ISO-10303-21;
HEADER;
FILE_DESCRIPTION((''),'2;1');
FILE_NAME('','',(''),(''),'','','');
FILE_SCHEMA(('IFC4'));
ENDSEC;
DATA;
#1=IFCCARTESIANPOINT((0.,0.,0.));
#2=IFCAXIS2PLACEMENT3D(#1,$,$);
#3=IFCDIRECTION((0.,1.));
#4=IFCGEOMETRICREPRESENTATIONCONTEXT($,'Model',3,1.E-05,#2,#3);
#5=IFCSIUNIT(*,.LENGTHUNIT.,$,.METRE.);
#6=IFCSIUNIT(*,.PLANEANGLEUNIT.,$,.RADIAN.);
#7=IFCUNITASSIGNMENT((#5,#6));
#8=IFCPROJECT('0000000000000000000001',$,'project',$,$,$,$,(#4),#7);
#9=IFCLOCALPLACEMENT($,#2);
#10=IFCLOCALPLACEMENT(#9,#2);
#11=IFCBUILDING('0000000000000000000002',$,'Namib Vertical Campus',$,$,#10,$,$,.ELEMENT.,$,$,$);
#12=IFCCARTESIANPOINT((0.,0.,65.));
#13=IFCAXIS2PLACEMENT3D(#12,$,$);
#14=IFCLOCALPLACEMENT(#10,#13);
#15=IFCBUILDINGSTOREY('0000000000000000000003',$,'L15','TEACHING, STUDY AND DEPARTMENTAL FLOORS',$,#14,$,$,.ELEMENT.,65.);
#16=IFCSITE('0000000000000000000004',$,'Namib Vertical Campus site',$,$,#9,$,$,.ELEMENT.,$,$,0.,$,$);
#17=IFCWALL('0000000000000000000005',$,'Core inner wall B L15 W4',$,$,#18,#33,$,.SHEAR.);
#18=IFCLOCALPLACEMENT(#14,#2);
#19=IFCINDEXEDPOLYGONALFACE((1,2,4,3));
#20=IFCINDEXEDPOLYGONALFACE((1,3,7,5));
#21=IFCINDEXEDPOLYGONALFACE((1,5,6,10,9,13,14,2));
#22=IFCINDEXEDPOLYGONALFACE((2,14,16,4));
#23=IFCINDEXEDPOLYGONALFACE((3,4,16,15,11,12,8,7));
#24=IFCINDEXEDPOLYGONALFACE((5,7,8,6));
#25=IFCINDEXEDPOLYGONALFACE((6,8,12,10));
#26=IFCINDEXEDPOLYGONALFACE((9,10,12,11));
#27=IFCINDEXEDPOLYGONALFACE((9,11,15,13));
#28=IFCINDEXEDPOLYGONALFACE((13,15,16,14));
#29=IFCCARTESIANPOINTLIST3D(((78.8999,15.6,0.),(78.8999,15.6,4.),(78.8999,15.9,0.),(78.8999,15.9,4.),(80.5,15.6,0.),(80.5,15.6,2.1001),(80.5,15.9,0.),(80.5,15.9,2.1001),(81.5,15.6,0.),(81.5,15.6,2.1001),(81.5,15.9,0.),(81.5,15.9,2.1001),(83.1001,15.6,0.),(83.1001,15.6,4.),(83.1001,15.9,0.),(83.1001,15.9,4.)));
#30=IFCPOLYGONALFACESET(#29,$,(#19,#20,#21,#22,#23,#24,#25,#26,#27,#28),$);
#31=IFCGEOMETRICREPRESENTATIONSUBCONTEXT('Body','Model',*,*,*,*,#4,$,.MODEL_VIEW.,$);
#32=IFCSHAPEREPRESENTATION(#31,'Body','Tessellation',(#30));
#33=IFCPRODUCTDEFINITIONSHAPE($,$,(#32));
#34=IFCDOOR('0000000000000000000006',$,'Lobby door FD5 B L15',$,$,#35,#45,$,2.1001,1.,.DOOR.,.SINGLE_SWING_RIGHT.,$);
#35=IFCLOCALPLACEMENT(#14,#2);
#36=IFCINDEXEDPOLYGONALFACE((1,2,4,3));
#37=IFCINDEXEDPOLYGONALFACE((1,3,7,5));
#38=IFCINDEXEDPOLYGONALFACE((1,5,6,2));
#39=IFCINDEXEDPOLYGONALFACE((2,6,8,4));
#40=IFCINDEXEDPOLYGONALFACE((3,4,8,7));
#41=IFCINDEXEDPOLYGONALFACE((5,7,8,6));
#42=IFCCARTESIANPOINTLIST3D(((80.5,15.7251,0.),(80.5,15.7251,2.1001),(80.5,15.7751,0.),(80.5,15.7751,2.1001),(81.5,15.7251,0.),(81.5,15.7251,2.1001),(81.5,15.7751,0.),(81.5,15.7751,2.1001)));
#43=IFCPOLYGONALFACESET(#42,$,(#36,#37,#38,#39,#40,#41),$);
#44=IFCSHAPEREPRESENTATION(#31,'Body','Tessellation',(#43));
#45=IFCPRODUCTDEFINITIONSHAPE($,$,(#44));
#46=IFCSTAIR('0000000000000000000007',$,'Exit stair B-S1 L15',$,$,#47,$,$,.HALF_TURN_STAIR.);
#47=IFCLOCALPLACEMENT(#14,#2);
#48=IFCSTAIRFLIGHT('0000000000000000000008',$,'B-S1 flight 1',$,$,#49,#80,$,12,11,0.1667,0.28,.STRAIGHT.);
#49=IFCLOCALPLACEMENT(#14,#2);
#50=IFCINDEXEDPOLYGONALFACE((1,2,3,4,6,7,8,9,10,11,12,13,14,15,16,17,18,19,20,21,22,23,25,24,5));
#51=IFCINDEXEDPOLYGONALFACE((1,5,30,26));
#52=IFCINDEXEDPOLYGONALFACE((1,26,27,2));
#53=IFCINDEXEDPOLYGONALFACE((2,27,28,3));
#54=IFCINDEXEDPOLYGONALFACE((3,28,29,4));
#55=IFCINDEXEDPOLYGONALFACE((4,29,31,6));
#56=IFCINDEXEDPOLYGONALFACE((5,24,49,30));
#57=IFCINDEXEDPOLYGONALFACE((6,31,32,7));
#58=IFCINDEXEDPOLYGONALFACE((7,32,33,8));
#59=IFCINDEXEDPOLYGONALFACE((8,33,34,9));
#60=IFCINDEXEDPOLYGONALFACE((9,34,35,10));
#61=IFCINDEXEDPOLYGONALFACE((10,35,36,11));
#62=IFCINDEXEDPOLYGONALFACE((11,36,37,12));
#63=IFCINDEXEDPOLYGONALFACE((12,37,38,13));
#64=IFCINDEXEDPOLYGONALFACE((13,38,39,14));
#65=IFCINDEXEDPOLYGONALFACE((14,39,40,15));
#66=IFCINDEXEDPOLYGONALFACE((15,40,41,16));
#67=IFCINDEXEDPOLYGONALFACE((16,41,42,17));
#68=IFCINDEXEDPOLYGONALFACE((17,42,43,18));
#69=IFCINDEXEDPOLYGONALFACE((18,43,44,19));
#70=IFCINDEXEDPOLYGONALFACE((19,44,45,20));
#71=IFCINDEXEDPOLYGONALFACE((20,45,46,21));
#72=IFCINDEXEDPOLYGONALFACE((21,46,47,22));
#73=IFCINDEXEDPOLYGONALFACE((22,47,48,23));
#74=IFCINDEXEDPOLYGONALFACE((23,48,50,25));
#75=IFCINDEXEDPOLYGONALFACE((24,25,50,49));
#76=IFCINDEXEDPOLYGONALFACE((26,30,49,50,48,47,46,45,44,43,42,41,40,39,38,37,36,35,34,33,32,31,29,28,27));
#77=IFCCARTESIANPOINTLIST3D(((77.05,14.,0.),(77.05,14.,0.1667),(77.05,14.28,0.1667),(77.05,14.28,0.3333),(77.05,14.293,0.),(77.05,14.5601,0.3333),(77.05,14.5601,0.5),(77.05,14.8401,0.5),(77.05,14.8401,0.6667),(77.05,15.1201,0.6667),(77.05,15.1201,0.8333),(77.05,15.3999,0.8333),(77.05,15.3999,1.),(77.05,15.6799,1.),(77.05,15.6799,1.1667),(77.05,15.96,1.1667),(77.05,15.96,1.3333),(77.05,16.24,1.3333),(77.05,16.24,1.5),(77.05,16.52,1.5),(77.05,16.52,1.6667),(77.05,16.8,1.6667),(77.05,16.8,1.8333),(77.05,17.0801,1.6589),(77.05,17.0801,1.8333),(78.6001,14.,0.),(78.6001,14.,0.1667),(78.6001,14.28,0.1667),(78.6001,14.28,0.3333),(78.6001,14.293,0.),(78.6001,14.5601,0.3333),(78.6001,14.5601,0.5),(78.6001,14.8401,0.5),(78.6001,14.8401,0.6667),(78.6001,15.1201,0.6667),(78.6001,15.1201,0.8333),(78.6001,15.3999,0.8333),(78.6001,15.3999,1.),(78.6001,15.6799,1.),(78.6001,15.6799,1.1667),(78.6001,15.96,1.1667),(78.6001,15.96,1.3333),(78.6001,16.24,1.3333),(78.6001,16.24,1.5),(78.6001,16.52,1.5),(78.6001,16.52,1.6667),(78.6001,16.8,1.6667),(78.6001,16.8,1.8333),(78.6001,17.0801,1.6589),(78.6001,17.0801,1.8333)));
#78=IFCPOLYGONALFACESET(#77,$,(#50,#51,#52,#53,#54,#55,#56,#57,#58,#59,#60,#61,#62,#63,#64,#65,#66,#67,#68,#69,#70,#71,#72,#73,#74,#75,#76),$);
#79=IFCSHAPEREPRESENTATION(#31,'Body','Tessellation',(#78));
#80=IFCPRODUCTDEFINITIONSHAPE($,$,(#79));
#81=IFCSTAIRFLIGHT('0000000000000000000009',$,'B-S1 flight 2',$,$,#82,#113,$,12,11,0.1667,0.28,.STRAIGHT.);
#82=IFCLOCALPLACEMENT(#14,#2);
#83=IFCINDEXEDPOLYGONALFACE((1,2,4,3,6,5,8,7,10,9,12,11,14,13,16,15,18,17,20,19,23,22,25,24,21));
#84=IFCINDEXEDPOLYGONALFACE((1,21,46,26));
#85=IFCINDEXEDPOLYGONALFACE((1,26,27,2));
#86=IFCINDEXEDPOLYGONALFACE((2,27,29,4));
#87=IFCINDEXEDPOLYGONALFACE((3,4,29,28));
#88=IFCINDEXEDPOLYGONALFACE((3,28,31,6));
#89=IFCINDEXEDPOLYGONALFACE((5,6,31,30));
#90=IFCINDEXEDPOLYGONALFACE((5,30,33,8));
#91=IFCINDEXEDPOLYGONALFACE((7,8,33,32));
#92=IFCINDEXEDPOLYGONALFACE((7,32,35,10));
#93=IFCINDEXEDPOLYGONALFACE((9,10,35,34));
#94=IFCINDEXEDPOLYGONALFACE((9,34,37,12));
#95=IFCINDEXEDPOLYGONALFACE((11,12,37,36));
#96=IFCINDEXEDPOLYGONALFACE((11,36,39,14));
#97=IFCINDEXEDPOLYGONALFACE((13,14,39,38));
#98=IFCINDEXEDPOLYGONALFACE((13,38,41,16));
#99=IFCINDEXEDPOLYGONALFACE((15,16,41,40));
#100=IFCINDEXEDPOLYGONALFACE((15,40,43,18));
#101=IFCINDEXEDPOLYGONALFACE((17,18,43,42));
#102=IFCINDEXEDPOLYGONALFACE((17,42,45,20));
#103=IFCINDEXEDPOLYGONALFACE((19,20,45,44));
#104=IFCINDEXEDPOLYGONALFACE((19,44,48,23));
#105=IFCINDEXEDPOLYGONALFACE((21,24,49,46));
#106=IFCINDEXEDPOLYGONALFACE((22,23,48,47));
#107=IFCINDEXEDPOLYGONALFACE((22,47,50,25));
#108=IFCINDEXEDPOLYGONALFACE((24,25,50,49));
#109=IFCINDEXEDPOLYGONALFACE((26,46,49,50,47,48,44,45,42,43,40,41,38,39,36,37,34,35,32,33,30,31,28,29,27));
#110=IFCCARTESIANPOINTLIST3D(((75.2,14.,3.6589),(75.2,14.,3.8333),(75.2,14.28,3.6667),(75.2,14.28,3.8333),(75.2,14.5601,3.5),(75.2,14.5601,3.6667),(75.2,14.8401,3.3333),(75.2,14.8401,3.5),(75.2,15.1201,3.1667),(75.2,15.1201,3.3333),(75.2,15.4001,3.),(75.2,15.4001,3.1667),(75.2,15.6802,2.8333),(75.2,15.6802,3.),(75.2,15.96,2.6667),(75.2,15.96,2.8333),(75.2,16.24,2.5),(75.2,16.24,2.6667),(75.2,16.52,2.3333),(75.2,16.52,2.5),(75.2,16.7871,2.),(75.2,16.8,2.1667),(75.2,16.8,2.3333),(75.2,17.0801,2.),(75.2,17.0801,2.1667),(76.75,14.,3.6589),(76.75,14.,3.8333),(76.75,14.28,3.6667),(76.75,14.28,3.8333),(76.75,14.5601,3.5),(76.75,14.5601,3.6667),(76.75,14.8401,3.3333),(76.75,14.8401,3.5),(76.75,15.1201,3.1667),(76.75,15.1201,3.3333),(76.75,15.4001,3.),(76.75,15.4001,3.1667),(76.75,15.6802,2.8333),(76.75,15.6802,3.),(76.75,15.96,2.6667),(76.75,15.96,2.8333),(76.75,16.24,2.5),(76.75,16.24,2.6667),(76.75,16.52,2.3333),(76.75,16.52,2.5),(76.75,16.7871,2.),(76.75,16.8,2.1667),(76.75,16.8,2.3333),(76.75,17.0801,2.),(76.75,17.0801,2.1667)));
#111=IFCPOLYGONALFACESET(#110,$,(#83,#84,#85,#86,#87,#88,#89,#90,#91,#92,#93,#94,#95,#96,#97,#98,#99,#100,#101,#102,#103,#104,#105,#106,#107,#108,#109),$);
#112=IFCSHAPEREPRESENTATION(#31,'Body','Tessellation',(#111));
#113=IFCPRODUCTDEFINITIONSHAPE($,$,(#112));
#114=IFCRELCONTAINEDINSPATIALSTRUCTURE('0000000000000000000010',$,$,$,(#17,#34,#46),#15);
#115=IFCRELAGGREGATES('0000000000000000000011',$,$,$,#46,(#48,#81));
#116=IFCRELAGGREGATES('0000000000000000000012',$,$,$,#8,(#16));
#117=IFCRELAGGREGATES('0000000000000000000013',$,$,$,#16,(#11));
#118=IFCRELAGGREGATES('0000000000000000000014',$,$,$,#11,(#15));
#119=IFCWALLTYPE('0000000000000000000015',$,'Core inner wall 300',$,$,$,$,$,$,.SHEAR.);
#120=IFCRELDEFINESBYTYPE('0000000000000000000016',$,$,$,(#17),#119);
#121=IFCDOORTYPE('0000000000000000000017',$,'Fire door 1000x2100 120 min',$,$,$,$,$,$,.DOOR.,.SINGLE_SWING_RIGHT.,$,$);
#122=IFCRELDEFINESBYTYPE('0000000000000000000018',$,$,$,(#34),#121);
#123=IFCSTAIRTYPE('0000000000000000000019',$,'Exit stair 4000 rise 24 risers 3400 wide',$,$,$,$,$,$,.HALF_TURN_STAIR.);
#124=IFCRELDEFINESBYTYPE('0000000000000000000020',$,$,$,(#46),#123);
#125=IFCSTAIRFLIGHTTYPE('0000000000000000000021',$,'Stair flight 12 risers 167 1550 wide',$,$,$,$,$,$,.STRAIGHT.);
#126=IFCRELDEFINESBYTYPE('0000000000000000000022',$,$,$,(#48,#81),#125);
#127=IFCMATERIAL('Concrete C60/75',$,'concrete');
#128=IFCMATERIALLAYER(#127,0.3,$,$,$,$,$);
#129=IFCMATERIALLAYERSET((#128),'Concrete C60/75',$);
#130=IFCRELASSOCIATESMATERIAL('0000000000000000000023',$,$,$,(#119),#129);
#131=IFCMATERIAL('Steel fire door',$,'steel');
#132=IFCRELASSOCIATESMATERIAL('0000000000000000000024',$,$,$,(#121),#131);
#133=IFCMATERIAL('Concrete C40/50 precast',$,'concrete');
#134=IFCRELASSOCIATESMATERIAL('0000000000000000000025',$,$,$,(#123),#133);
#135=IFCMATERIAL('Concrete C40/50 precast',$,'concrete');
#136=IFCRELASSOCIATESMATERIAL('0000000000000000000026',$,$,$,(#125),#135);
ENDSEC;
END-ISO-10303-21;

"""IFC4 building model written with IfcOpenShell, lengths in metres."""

from ifc_helpers import new_model, si_unit, direction, frame, frame_2d, origin, place, context, subcontext, project, spatial, polyline, rectangle, outline, extrude, material, layer, layer_set, type_object, element, fill, aggregate, save


model = new_model("IFC4")

# Units and contexts
model_context = context("Model", 3, precision=1e-05, world=origin(), true_north=direction((0.0, 1.0)))
body_context = subcontext(model_context, "Body", "Model", "MODEL_VIEW")
ifc_project = project(units=[si_unit("LENGTHUNIT", "METRE"), si_unit("PLANEANGLEUNIT", "RADIAN")], contexts=[model_context])

# Site, building, storey
site_placement = place(None, origin())
site = spatial("IfcSite", under=ifc_project, at=site_placement, Name="Namib Vertical Campus site", CompositionType="ELEMENT", RefElevation=0.0)
building_placement = place(site_placement, origin())
building = spatial("IfcBuilding", under=site, at=building_placement, Name="Namib Vertical Campus", CompositionType="ELEMENT")
storey_placement = place(building_placement, frame((0.0, 0.0, 65.0)))
storey = spatial("IfcBuildingStorey", under=building, at=storey_placement, Name="L15", Description="TEACHING, STUDY AND DEPARTMENTAL FLOORS", CompositionType="ELEMENT", Elevation=65.0)

# Shared definitions
ifc_material_1 = material(Name="Concrete C60/75", Category="concrete")
ifc_layer = layer(ifc_material_1, 0.3)
ifc_layer_set = layer_set([ifc_layer], Name="Concrete C60/75")
wall_type = type_object("IfcWallType", Name="Core inner wall 300", PredefinedType="SHEAR", material=ifc_layer_set)

# Wall, opening, door
wall_1_placement = place(storey_placement, frame((78.8999, 15.75, 0.0), z_axis=(0.0, 0.0, 1.0), x_axis=(1.0, 0.0, 0.0)))
wall_1 = element("IfcWall", 1, at=wall_1_placement, inside=storey, type_object=wall_type, Name="Core inner wall B L15 W4", PredefinedType="SHEAR", context=body_context, shape_type="SweptSolid", body=[
    extrude(rectangle(XDim=4.2002, YDim=0.3, at=frame_2d((2.1001, 0.0))), origin(), (0.0, 0.0, 1.0), 4.0),
])
opening_1_placement = place(wall_1_placement, frame((1.6001, 0.0, 0.0)))
opening_1 = element("IfcOpeningElement", 2, at=opening_1_placement, cuts=wall_1, PredefinedType="OPENING", context=body_context, shape_type="SweptSolid", body=[
    extrude(rectangle(XDim=1.0, YDim=2.1001, at=frame_2d((0.5, 1.05))), frame((0.0, 0.1599, 0.0), z_axis=(0.0, -1.0, 0.0), x_axis=(1.0, 0.0, 0.0)), (0.0, 0.0, 1.0), 0.3201),
])
ifc_material_2 = material(Name="Steel fire door", Category="steel")
door_type_1 = type_object("IfcDoorType", Name="Fire door 1000x2100 120 min", OperationType="SINGLE_SWING_RIGHT", PredefinedType="DOOR", material=ifc_material_2)
door_1_placement = place(opening_1_placement, frame((1.0, 0.0, 0.0), z_axis=(0.0, 0.0, 1.0), x_axis=(-1.0, 0.0, 0.0)))
door_1 = element("IfcDoor", 3, at=door_1_placement, inside=storey, type_object=door_type_1, Name="Lobby door FD5 B L15", OperationType="SINGLE_SWING_RIGHT", OverallHeight=2.1001, OverallWidth=1.0, PredefinedType="DOOR", context=body_context, shape_type="SweptSolid", body=[
    extrude(rectangle(XDim=1.0, YDim=2.1001, at=frame_2d((0.5, 1.05))), frame((0.0, 0.0249, 0.0), z_axis=(0.0, -1.0, 0.0), x_axis=(1.0, 0.0, 0.0)), (0.0, 0.0, 1.0), 0.05),
])
fill(opening_1, door_1)

# Stair, stair flights
ifc_material_3 = material(Name="Concrete C40/50 precast", Category="concrete")
stair_type = type_object("IfcStairType", Name="Exit stair 4000 rise 24 risers 3400 wide", PredefinedType="HALF_TURN_STAIR", material=ifc_material_3)
stair_placement = place(storey_placement, origin())
stair = element("IfcStair", 4, at=stair_placement, inside=storey, type_object=stair_type, Name="Exit stair B-S1 L15", PredefinedType="HALF_TURN_STAIR")
ifc_material_4 = material(Name="Concrete C40/50 precast", Category="concrete")
stair_flight_type = type_object("IfcStairFlightType", Name="Stair flight 12 risers 167 1550 wide", PredefinedType="STRAIGHT", material=ifc_material_4)
stair_flight_1_placement = place(storey_placement, frame((77.825, 14.0, 0.0), z_axis=(0.0, 0.0, 1.0), x_axis=(0.0, 1.0, 0.0)))
stair_flight_1 = element("IfcStairFlight", 5, at=stair_flight_1_placement, type_object=stair_flight_type, Name="B-S1 flight 1", NumberOfRisers=12, NumberOfTreads=11, PredefinedType="STRAIGHT", RiserHeight=0.1667, TreadLength=0.28, context=body_context, shape_type="SweptSolid", body=[
    extrude(outline(polyline([(0.0, 0.0), (0.0, 0.1667), (0.28, 0.1667), (0.28, 0.3333), (0.5601, 0.3333), (0.5601, 0.5), (0.8401, 0.5), (0.8401, 0.6667), (1.1201, 0.6667), (1.1201, 0.8333), (1.3999, 0.8333), (1.3999, 1.0), (1.6799, 1.0), (1.6799, 1.1667), (1.96, 1.1667), (1.96, 1.3333), (2.24, 1.3333), (2.24, 1.5), (2.52, 1.5), (2.52, 1.6667), (2.8, 1.6667), (2.8, 1.8333), (3.0801, 1.8333), (3.0801, 2.0), (3.0801, 1.6589), (0.293, 0.0), (0.0, 0.0)])), frame((0.0, 0.7749, 0.0), z_axis=(0.0, -1.0, 0.0), x_axis=(1.0, 0.0, 0.0)), (0.0, 0.0, 1.0), 1.55),
])
stair_flight_2_placement = place(storey_placement, frame((75.9751, 17.0801, 2.0), z_axis=(0.0, 0.0, 1.0), x_axis=(0.0, -1.0, 0.0)))
stair_flight_2 = element("IfcStairFlight", 6, at=stair_flight_2_placement, type_object=stair_flight_type, Name="B-S1 flight 2", NumberOfRisers=12, NumberOfTreads=11, PredefinedType="STRAIGHT", RiserHeight=0.1667, TreadLength=0.28, context=body_context, shape_type="SweptSolid", body=[
    extrude(outline(polyline([(0.0, 0.0), (0.0, 0.1667), (0.28, 0.1667), (0.28, 0.3333), (0.5601, 0.3333), (0.5601, 0.5), (0.8401, 0.5), (0.8401, 0.6667), (1.1201, 0.6667), (1.1201, 0.8333), (1.3999, 0.8333), (1.3999, 1.0), (1.6799, 1.0), (1.6799, 1.1667), (1.96, 1.1667), (1.96, 1.3333), (2.24, 1.3333), (2.24, 1.5), (2.52, 1.5), (2.52, 1.6667), (2.8, 1.6667), (2.8, 1.8333), (3.0801, 1.8333), (3.0801, 2.0), (3.0801, 1.6589), (0.293, 0.0), (0.0, 0.0)])), frame((0.0, 0.7749, 0.0), z_axis=(0.0, -1.0, 0.0), x_axis=(1.0, 0.0, 0.0)), (0.0, 0.0, 1.0), 1.55),
])
aggregate(stair, [stair_flight_1, stair_flight_2])

save(model, "model.ifc")
